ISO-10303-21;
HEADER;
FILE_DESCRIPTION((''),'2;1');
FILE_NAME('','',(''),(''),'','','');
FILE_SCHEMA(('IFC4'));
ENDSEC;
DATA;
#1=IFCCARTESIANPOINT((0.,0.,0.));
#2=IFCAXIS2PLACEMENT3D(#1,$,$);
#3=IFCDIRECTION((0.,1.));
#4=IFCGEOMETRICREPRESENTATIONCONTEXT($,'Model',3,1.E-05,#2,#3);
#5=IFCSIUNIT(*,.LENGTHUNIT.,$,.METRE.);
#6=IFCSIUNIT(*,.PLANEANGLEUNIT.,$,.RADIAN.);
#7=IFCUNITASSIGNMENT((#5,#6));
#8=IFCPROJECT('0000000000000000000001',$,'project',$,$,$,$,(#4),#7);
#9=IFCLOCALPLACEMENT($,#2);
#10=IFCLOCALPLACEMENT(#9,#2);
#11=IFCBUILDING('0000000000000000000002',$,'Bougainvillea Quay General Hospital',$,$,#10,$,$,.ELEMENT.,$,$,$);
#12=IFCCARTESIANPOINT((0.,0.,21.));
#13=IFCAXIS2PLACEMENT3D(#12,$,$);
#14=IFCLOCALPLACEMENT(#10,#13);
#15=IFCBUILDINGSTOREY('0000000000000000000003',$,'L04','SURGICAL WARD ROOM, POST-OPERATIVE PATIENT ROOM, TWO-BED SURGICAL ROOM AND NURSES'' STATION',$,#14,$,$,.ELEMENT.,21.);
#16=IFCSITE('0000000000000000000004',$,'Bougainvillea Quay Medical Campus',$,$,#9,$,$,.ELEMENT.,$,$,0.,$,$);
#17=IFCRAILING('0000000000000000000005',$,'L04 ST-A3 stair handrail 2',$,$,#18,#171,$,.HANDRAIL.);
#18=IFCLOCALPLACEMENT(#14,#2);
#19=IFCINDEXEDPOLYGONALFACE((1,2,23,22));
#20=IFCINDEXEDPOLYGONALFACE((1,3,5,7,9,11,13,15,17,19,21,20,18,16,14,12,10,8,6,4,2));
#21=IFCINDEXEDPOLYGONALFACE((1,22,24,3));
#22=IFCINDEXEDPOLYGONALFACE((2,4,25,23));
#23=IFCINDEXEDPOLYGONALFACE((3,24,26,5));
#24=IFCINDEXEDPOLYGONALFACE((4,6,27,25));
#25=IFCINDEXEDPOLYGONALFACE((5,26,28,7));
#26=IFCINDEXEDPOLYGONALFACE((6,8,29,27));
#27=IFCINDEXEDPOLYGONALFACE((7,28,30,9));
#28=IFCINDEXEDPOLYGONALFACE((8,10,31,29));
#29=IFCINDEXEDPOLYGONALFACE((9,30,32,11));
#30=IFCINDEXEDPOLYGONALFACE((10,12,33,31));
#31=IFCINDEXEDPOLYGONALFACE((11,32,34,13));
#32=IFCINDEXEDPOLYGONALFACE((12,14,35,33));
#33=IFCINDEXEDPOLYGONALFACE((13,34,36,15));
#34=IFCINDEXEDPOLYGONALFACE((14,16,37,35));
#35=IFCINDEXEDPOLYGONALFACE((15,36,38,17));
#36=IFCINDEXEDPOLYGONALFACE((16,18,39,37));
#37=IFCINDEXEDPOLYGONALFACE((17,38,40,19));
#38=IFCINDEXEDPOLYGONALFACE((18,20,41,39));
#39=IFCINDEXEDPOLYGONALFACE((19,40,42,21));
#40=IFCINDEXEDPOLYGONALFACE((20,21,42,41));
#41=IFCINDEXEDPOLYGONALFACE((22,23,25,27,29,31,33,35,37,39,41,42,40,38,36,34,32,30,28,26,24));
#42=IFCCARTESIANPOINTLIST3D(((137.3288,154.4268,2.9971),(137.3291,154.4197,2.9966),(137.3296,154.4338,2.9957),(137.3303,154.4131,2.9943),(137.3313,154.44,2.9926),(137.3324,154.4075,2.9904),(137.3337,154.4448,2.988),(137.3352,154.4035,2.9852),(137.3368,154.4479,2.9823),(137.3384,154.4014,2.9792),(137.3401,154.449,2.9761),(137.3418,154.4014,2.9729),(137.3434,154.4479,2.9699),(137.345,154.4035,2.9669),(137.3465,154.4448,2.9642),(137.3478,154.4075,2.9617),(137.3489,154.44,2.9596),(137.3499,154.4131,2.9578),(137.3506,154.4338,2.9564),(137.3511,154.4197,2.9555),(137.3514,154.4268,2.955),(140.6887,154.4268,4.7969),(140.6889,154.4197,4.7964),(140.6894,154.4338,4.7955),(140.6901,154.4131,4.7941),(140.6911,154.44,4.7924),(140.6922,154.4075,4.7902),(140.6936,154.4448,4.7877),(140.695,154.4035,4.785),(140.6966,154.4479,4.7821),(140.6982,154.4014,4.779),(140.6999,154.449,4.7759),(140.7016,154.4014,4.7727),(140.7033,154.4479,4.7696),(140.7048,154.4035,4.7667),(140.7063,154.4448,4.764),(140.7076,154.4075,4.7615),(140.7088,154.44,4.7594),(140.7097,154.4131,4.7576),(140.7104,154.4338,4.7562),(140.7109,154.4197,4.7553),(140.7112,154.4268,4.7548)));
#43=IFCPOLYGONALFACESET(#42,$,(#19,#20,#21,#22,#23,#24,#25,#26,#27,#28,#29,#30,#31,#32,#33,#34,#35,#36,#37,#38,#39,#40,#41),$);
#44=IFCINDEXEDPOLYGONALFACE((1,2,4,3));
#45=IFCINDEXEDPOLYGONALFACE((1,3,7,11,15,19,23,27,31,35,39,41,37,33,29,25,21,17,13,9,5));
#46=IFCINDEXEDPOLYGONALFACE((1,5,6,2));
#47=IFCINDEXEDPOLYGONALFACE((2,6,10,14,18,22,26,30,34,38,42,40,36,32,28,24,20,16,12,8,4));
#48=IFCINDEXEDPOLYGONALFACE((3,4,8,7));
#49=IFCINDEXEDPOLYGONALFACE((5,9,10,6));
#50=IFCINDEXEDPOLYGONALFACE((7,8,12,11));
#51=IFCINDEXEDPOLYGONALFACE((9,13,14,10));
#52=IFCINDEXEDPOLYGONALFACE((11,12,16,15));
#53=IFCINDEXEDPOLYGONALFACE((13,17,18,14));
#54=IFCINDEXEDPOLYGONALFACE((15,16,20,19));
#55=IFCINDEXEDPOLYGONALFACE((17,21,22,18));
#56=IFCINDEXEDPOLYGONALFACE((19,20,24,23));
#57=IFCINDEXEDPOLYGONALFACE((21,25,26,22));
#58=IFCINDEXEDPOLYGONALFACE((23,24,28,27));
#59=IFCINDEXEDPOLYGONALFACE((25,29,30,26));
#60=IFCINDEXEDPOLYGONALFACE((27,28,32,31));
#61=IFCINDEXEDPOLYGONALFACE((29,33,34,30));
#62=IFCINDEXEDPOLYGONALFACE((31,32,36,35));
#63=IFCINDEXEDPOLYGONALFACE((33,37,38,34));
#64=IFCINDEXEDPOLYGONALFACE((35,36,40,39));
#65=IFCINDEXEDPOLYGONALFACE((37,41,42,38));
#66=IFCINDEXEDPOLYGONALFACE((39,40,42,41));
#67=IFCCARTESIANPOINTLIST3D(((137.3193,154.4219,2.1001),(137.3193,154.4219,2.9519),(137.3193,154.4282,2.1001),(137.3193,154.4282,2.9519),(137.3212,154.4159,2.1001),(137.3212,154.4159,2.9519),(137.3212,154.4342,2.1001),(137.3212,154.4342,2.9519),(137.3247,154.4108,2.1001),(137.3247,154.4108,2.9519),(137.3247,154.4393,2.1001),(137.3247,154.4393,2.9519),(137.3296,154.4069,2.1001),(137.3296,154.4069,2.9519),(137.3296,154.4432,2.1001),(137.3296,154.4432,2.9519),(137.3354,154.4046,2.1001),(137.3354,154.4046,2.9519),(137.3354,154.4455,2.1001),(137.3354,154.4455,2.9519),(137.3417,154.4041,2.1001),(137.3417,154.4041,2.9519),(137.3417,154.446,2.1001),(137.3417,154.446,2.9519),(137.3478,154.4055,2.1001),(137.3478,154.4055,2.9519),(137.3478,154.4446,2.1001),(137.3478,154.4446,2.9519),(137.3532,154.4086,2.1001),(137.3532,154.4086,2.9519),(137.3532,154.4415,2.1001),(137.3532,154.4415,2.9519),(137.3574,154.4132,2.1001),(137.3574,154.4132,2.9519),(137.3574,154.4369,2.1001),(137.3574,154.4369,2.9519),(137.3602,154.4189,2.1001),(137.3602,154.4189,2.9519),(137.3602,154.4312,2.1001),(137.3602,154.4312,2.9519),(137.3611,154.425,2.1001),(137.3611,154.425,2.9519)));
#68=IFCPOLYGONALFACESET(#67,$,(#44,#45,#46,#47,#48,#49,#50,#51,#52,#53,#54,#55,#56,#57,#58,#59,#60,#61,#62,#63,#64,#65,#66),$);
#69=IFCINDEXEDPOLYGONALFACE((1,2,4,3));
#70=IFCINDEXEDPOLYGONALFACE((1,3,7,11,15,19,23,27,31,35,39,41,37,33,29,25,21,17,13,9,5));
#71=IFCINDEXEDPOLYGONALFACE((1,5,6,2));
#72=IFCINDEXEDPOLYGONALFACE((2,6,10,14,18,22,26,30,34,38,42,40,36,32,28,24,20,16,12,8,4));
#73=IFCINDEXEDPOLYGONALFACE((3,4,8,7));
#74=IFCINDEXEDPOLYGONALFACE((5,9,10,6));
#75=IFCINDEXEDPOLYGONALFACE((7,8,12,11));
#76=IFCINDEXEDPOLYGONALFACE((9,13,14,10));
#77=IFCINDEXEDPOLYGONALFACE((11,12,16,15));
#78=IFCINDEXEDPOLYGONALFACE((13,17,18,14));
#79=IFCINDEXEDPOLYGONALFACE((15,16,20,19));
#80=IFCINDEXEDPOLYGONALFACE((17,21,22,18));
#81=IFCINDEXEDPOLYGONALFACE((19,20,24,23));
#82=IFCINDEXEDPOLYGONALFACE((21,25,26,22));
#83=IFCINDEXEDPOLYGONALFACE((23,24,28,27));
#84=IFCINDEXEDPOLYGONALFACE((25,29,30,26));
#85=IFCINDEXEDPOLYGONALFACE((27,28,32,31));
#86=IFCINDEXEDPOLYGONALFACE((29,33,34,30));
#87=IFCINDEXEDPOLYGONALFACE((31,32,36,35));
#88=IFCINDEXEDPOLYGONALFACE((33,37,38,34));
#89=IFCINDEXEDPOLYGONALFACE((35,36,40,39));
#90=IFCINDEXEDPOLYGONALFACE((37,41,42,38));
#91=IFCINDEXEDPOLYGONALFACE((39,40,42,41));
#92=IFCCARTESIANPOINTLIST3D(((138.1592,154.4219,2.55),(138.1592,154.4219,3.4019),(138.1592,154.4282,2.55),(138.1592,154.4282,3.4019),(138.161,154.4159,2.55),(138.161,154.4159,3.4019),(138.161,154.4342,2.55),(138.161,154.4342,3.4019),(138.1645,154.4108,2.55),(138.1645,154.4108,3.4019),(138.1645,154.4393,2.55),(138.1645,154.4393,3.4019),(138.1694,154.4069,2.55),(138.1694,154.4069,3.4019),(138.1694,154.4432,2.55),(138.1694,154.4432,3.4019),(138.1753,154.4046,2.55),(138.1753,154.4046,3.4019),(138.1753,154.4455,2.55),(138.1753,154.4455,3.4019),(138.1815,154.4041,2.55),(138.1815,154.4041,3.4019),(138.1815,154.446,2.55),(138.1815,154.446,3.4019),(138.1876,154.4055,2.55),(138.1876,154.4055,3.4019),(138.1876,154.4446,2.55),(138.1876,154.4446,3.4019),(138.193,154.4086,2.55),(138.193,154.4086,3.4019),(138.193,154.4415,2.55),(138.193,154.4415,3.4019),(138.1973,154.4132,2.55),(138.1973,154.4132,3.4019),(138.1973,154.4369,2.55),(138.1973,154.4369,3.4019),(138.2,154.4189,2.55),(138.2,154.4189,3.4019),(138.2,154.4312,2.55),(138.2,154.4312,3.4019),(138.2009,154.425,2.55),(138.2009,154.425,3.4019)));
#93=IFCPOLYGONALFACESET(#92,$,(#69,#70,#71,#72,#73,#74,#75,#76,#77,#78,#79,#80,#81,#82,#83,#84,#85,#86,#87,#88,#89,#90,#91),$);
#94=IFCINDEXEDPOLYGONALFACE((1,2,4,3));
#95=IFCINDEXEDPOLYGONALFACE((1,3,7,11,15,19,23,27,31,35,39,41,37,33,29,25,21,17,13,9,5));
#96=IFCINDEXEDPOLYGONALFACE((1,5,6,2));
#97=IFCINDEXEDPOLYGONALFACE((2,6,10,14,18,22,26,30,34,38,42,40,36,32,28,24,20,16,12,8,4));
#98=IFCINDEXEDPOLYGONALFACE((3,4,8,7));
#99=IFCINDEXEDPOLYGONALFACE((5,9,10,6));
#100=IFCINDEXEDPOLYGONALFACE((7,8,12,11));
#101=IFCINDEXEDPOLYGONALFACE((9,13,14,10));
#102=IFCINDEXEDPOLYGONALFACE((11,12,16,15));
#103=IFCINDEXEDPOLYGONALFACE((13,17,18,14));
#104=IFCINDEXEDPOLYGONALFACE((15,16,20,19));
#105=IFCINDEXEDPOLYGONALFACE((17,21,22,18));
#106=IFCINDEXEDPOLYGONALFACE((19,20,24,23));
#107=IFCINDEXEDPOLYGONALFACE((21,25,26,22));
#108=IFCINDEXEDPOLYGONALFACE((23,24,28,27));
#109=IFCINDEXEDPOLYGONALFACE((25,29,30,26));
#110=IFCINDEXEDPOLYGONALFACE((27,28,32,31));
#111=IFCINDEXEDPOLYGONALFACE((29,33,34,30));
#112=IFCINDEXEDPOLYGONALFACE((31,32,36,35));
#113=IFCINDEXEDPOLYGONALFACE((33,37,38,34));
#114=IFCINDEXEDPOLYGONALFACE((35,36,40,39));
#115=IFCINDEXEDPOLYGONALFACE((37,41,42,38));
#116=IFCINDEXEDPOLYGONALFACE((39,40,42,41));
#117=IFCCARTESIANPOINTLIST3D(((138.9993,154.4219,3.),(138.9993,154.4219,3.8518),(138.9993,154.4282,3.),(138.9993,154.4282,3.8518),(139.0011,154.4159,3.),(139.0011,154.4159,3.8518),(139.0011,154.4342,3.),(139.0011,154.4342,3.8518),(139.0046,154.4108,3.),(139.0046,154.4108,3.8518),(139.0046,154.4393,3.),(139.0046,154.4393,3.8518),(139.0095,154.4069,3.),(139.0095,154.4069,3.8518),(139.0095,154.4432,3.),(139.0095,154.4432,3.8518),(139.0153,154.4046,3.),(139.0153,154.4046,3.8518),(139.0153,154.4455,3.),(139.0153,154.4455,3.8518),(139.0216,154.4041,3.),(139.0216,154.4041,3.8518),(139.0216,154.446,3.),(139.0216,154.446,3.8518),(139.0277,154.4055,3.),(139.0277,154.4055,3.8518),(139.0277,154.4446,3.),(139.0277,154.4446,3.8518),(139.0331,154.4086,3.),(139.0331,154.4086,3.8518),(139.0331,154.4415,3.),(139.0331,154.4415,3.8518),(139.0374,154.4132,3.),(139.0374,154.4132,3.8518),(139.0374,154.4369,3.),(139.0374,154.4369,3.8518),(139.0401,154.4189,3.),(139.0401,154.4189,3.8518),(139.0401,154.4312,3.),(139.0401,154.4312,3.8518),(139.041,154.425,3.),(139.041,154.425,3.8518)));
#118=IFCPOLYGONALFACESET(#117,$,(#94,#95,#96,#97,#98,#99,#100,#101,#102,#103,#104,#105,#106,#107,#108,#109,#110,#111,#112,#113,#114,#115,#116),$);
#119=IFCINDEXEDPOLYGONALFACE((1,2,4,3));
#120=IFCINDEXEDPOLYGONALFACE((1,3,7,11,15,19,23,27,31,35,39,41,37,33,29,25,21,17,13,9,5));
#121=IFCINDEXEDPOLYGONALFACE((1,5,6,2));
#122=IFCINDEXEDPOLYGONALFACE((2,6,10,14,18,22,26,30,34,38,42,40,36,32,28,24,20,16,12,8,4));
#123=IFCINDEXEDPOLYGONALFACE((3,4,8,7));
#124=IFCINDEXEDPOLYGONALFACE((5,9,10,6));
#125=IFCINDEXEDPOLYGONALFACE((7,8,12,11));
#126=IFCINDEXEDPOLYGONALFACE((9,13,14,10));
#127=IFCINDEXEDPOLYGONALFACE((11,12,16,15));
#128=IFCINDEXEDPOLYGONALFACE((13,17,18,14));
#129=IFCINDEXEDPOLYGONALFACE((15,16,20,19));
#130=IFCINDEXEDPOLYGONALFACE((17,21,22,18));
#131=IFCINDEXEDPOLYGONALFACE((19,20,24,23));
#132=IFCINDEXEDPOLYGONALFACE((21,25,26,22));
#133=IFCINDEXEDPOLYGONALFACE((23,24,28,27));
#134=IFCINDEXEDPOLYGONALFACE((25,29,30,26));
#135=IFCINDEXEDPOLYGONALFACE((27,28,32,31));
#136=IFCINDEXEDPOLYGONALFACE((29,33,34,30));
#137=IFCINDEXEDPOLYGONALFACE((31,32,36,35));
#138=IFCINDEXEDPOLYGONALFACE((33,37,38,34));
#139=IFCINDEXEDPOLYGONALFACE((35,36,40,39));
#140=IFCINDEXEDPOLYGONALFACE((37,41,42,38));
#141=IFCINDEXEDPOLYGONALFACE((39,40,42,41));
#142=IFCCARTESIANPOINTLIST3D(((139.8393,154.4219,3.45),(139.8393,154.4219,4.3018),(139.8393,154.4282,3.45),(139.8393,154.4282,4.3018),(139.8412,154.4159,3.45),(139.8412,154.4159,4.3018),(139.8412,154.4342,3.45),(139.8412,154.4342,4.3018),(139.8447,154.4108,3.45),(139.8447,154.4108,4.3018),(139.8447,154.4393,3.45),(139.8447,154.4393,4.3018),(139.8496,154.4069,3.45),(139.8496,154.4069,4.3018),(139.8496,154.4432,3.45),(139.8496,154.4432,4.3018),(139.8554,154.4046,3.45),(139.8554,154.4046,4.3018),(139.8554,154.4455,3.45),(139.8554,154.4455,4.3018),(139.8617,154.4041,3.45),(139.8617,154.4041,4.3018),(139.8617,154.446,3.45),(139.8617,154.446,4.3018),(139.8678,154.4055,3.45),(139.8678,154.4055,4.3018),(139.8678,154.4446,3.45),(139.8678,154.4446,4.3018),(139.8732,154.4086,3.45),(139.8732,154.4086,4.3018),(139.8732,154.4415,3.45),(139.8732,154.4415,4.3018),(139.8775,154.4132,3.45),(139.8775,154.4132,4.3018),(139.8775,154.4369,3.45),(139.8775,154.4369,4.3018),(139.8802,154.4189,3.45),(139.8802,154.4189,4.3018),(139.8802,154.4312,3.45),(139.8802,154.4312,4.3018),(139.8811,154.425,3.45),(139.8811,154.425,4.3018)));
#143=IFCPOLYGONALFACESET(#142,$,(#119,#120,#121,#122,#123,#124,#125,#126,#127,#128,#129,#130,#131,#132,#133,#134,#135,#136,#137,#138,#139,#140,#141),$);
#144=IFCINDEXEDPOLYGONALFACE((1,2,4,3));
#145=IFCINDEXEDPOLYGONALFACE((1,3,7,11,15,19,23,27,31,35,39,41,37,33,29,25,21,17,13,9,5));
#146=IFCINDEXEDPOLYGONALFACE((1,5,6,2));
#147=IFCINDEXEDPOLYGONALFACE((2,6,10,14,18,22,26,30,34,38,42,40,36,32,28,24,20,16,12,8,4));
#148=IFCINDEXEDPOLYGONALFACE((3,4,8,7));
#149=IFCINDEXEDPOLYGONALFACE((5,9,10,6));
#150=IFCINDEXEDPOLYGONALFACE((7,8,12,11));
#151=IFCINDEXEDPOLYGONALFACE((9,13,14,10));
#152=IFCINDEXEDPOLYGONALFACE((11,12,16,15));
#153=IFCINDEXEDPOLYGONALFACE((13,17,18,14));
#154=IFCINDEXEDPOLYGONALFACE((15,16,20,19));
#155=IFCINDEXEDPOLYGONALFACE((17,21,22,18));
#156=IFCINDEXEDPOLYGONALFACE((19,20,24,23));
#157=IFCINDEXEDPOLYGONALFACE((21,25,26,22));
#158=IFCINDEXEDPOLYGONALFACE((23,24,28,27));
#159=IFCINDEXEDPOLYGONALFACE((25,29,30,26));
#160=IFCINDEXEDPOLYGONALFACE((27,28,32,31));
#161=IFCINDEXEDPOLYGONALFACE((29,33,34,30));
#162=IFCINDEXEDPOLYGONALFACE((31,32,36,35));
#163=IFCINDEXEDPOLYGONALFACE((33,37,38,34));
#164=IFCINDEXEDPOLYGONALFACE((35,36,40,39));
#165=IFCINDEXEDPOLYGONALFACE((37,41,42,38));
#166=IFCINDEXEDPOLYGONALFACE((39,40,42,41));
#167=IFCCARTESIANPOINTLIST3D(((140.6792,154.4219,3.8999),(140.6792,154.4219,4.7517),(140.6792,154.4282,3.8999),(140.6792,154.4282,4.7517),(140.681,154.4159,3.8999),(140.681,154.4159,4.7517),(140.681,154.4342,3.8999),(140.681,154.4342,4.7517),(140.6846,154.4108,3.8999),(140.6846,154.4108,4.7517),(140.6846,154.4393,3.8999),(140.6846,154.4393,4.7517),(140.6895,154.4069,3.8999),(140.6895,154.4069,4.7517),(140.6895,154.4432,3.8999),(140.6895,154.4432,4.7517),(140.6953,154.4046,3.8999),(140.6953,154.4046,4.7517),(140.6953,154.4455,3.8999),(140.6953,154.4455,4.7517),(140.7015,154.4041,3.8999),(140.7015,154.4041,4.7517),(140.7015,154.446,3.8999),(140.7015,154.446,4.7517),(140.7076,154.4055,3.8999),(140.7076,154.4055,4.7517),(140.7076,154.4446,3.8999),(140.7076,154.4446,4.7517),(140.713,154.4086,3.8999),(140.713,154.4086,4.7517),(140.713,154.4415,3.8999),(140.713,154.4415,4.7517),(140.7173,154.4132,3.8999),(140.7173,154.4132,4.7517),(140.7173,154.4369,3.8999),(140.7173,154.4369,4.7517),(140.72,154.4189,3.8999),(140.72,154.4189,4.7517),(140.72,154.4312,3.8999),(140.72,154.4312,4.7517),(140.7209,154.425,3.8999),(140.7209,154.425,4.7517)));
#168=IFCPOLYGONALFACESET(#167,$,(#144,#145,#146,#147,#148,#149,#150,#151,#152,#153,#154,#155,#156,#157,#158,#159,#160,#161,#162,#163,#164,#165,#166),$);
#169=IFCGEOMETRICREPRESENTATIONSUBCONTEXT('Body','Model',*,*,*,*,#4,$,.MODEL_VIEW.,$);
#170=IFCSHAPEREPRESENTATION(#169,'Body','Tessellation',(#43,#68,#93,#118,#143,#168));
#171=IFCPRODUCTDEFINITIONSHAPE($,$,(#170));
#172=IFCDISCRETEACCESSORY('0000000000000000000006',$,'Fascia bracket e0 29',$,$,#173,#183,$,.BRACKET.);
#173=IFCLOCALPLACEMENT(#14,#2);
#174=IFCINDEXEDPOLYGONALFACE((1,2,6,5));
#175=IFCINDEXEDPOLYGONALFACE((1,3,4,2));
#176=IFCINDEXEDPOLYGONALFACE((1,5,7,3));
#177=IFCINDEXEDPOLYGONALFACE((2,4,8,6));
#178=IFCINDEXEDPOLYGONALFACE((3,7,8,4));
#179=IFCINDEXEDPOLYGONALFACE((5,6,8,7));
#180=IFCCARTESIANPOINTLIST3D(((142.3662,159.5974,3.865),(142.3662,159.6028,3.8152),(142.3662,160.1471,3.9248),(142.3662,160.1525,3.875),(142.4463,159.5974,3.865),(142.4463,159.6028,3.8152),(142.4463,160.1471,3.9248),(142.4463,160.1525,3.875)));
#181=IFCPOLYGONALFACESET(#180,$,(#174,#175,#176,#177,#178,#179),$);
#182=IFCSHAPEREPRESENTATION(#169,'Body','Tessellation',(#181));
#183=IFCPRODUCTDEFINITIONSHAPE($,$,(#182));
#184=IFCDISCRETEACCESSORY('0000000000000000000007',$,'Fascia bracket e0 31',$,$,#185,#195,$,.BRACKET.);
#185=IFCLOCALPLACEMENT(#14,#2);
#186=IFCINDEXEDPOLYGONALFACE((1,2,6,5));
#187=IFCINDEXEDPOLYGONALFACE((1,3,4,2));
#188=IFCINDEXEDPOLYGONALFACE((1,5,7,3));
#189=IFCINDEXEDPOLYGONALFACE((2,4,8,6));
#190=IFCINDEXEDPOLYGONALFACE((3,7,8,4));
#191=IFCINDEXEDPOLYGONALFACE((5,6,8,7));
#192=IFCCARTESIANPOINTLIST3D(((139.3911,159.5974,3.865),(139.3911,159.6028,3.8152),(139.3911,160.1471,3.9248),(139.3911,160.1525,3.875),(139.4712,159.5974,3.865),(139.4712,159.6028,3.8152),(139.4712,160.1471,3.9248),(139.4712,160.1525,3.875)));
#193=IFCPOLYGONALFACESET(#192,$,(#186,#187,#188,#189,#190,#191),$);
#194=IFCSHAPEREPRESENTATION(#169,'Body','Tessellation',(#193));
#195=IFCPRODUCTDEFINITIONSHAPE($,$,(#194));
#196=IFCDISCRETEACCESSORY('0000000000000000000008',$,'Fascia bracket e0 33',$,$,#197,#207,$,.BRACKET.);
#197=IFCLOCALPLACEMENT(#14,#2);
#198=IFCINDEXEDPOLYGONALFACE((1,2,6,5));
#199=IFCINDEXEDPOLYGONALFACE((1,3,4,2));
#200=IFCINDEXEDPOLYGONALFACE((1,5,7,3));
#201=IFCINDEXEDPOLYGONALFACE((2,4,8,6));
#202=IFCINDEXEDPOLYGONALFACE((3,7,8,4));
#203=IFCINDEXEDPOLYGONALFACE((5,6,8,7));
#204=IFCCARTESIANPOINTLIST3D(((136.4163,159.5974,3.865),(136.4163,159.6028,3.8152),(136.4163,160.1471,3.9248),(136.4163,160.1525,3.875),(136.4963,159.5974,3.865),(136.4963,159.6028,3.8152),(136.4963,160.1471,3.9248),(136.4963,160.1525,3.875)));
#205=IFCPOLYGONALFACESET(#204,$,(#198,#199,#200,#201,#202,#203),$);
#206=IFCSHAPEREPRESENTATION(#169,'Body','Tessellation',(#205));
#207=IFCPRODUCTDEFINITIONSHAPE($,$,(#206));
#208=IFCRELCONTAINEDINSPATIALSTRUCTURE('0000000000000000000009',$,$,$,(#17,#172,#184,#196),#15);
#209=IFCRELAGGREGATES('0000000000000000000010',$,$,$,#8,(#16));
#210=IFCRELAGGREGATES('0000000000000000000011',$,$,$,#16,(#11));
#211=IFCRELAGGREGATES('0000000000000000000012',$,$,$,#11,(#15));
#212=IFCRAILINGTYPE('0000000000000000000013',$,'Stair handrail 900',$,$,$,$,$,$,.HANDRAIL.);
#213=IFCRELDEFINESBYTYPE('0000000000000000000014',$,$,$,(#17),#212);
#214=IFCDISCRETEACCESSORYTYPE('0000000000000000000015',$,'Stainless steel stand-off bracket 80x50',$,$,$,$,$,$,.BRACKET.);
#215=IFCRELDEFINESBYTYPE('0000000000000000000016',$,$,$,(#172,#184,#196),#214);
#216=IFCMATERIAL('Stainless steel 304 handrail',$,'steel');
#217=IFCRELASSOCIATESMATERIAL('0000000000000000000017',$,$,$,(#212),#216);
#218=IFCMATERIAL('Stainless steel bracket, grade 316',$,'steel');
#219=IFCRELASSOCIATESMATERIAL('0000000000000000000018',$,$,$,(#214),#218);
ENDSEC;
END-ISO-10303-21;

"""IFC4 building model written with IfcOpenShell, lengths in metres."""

from ifc_helpers import new_model, si_unit, direction, frame, origin, origin_2d, place, context, subcontext, project, spatial, rectangle, circle, extrude, material, material_profile, profile_set, type_object, element, save


model = new_model("IFC4")

# Units and contexts
model_context = context("Model", 3, precision=1e-05, world=origin(), true_north=direction((0.0, 1.0)))
body_context = subcontext(model_context, "Body", "Model", "MODEL_VIEW")
ifc_project = project(units=[si_unit("LENGTHUNIT", "METRE"), si_unit("PLANEANGLEUNIT", "RADIAN")], contexts=[model_context])

# Site, building, storey
site_placement = place(None, origin())
site = spatial("IfcSite", under=ifc_project, at=site_placement, Name="Bougainvillea Quay Medical Campus", CompositionType="ELEMENT", RefElevation=0.0)
building_placement = place(site_placement, origin())
building = spatial("IfcBuilding", under=site, at=building_placement, Name="Bougainvillea Quay General Hospital", CompositionType="ELEMENT")
storey_placement = place(building_placement, frame((0.0, 0.0, 21.0)))
storey = spatial("IfcBuildingStorey", under=building, at=storey_placement, Name="L04", Description="SURGICAL WARD ROOM, POST-OPERATIVE PATIENT ROOM, TWO-BED SURGICAL ROOM AND NURSES' STATION", CompositionType="ELEMENT", Elevation=21.0)

# Railing
ifc_material_1 = material(Name="Stainless steel 304 handrail", Category="steel")
railing_type_1 = type_object("IfcRailingType", Name="Stair handrail 900", PredefinedType="HANDRAIL", material=ifc_material_1)
railing_1_placement = place(storey_placement, frame((137.3401, 154.425, 2.1001)))
element("IfcRailing", 1, at=railing_1_placement, inside=storey, type_object=railing_type_1, Name="L04 ST-A3 stair handrail 2", PredefinedType="HANDRAIL", context=body_context, shape_type="SweptSolid", body=[
    extrude(circle(Radius=0.0239, at=origin_2d()), frame((0.0, 0.0, 0.876), z_axis=(0.881493, 0.0, 0.472197), x_axis=(0.0, 1.0, 0.0)), (0.0, 0.0, 1.0), 3.8115),
    extrude(circle(Radius=0.021, at=origin_2d()), origin(), (0.0, 0.0, 1.0), 0.8518),
    extrude(circle(Radius=0.021, at=origin_2d()), frame((0.8398, 0.0, 0.45)), (0.0, 0.0, 1.0), 0.8518),
    extrude(circle(Radius=0.021, at=origin_2d()), frame((1.6799, 0.0, 0.8999)), (0.0, 0.0, 1.0), 0.8518),
    extrude(circle(Radius=0.021, at=origin_2d()), frame((2.52, 0.0, 1.3499)), (0.0, 0.0, 1.0), 0.8518),
    extrude(circle(Radius=0.021, at=origin_2d()), frame((3.3599, 0.0, 1.7998)), (0.0, 0.0, 1.0), 0.8518),
])

# Discrete accessories
ifc_material_2 = material(Name="Stainless steel bracket, grade 316", Category="steel")
ifc_material_profile_1 = material_profile(ifc_material_2, rectangle(XDim=0.0801, YDim=0.05, at=origin_2d()))
ifc_profile_set_1 = profile_set([ifc_material_profile_1], Name="Stainless steel bracket, grade 316")
discrete_accessory_type = type_object("IfcDiscreteAccessoryType", Name="Stainless steel stand-off bracket 80x50", PredefinedType="BRACKET", material=ifc_profile_set_1)
for number, where, z_axis, x_axis, name in (
    (2, (142.4062, 159.6001, 3.8401), (0.0, 0.994134, 0.108154), (-1.0, 0.0, 0.0), "Fascia bracket e0 29"),
    (3, (139.4312, 159.6001, 3.8401), (0.0, 0.994134, 0.108154), (-1.0, 0.0, 0.0), "Fascia bracket e0 31"),
    (4, (136.4563, 159.6001, 3.8401), (0.0, 0.994134, 0.108154), (-1.0, 0.0, 0.0), "Fascia bracket e0 33"),
):
    element("IfcDiscreteAccessory", number, at=place(storey_placement, frame(where, z_axis=z_axis, x_axis=x_axis)), inside=storey, type_object=discrete_accessory_type, Name=name, PredefinedType="BRACKET", context=body_context, shape_type="SweptSolid", body=[
        extrude(rectangle(XDim=0.0801, YDim=0.05, at=origin_2d()), origin(), (0.0, 0.0, 1.0), 0.553),
    ])

save(model, "model.ifc")
